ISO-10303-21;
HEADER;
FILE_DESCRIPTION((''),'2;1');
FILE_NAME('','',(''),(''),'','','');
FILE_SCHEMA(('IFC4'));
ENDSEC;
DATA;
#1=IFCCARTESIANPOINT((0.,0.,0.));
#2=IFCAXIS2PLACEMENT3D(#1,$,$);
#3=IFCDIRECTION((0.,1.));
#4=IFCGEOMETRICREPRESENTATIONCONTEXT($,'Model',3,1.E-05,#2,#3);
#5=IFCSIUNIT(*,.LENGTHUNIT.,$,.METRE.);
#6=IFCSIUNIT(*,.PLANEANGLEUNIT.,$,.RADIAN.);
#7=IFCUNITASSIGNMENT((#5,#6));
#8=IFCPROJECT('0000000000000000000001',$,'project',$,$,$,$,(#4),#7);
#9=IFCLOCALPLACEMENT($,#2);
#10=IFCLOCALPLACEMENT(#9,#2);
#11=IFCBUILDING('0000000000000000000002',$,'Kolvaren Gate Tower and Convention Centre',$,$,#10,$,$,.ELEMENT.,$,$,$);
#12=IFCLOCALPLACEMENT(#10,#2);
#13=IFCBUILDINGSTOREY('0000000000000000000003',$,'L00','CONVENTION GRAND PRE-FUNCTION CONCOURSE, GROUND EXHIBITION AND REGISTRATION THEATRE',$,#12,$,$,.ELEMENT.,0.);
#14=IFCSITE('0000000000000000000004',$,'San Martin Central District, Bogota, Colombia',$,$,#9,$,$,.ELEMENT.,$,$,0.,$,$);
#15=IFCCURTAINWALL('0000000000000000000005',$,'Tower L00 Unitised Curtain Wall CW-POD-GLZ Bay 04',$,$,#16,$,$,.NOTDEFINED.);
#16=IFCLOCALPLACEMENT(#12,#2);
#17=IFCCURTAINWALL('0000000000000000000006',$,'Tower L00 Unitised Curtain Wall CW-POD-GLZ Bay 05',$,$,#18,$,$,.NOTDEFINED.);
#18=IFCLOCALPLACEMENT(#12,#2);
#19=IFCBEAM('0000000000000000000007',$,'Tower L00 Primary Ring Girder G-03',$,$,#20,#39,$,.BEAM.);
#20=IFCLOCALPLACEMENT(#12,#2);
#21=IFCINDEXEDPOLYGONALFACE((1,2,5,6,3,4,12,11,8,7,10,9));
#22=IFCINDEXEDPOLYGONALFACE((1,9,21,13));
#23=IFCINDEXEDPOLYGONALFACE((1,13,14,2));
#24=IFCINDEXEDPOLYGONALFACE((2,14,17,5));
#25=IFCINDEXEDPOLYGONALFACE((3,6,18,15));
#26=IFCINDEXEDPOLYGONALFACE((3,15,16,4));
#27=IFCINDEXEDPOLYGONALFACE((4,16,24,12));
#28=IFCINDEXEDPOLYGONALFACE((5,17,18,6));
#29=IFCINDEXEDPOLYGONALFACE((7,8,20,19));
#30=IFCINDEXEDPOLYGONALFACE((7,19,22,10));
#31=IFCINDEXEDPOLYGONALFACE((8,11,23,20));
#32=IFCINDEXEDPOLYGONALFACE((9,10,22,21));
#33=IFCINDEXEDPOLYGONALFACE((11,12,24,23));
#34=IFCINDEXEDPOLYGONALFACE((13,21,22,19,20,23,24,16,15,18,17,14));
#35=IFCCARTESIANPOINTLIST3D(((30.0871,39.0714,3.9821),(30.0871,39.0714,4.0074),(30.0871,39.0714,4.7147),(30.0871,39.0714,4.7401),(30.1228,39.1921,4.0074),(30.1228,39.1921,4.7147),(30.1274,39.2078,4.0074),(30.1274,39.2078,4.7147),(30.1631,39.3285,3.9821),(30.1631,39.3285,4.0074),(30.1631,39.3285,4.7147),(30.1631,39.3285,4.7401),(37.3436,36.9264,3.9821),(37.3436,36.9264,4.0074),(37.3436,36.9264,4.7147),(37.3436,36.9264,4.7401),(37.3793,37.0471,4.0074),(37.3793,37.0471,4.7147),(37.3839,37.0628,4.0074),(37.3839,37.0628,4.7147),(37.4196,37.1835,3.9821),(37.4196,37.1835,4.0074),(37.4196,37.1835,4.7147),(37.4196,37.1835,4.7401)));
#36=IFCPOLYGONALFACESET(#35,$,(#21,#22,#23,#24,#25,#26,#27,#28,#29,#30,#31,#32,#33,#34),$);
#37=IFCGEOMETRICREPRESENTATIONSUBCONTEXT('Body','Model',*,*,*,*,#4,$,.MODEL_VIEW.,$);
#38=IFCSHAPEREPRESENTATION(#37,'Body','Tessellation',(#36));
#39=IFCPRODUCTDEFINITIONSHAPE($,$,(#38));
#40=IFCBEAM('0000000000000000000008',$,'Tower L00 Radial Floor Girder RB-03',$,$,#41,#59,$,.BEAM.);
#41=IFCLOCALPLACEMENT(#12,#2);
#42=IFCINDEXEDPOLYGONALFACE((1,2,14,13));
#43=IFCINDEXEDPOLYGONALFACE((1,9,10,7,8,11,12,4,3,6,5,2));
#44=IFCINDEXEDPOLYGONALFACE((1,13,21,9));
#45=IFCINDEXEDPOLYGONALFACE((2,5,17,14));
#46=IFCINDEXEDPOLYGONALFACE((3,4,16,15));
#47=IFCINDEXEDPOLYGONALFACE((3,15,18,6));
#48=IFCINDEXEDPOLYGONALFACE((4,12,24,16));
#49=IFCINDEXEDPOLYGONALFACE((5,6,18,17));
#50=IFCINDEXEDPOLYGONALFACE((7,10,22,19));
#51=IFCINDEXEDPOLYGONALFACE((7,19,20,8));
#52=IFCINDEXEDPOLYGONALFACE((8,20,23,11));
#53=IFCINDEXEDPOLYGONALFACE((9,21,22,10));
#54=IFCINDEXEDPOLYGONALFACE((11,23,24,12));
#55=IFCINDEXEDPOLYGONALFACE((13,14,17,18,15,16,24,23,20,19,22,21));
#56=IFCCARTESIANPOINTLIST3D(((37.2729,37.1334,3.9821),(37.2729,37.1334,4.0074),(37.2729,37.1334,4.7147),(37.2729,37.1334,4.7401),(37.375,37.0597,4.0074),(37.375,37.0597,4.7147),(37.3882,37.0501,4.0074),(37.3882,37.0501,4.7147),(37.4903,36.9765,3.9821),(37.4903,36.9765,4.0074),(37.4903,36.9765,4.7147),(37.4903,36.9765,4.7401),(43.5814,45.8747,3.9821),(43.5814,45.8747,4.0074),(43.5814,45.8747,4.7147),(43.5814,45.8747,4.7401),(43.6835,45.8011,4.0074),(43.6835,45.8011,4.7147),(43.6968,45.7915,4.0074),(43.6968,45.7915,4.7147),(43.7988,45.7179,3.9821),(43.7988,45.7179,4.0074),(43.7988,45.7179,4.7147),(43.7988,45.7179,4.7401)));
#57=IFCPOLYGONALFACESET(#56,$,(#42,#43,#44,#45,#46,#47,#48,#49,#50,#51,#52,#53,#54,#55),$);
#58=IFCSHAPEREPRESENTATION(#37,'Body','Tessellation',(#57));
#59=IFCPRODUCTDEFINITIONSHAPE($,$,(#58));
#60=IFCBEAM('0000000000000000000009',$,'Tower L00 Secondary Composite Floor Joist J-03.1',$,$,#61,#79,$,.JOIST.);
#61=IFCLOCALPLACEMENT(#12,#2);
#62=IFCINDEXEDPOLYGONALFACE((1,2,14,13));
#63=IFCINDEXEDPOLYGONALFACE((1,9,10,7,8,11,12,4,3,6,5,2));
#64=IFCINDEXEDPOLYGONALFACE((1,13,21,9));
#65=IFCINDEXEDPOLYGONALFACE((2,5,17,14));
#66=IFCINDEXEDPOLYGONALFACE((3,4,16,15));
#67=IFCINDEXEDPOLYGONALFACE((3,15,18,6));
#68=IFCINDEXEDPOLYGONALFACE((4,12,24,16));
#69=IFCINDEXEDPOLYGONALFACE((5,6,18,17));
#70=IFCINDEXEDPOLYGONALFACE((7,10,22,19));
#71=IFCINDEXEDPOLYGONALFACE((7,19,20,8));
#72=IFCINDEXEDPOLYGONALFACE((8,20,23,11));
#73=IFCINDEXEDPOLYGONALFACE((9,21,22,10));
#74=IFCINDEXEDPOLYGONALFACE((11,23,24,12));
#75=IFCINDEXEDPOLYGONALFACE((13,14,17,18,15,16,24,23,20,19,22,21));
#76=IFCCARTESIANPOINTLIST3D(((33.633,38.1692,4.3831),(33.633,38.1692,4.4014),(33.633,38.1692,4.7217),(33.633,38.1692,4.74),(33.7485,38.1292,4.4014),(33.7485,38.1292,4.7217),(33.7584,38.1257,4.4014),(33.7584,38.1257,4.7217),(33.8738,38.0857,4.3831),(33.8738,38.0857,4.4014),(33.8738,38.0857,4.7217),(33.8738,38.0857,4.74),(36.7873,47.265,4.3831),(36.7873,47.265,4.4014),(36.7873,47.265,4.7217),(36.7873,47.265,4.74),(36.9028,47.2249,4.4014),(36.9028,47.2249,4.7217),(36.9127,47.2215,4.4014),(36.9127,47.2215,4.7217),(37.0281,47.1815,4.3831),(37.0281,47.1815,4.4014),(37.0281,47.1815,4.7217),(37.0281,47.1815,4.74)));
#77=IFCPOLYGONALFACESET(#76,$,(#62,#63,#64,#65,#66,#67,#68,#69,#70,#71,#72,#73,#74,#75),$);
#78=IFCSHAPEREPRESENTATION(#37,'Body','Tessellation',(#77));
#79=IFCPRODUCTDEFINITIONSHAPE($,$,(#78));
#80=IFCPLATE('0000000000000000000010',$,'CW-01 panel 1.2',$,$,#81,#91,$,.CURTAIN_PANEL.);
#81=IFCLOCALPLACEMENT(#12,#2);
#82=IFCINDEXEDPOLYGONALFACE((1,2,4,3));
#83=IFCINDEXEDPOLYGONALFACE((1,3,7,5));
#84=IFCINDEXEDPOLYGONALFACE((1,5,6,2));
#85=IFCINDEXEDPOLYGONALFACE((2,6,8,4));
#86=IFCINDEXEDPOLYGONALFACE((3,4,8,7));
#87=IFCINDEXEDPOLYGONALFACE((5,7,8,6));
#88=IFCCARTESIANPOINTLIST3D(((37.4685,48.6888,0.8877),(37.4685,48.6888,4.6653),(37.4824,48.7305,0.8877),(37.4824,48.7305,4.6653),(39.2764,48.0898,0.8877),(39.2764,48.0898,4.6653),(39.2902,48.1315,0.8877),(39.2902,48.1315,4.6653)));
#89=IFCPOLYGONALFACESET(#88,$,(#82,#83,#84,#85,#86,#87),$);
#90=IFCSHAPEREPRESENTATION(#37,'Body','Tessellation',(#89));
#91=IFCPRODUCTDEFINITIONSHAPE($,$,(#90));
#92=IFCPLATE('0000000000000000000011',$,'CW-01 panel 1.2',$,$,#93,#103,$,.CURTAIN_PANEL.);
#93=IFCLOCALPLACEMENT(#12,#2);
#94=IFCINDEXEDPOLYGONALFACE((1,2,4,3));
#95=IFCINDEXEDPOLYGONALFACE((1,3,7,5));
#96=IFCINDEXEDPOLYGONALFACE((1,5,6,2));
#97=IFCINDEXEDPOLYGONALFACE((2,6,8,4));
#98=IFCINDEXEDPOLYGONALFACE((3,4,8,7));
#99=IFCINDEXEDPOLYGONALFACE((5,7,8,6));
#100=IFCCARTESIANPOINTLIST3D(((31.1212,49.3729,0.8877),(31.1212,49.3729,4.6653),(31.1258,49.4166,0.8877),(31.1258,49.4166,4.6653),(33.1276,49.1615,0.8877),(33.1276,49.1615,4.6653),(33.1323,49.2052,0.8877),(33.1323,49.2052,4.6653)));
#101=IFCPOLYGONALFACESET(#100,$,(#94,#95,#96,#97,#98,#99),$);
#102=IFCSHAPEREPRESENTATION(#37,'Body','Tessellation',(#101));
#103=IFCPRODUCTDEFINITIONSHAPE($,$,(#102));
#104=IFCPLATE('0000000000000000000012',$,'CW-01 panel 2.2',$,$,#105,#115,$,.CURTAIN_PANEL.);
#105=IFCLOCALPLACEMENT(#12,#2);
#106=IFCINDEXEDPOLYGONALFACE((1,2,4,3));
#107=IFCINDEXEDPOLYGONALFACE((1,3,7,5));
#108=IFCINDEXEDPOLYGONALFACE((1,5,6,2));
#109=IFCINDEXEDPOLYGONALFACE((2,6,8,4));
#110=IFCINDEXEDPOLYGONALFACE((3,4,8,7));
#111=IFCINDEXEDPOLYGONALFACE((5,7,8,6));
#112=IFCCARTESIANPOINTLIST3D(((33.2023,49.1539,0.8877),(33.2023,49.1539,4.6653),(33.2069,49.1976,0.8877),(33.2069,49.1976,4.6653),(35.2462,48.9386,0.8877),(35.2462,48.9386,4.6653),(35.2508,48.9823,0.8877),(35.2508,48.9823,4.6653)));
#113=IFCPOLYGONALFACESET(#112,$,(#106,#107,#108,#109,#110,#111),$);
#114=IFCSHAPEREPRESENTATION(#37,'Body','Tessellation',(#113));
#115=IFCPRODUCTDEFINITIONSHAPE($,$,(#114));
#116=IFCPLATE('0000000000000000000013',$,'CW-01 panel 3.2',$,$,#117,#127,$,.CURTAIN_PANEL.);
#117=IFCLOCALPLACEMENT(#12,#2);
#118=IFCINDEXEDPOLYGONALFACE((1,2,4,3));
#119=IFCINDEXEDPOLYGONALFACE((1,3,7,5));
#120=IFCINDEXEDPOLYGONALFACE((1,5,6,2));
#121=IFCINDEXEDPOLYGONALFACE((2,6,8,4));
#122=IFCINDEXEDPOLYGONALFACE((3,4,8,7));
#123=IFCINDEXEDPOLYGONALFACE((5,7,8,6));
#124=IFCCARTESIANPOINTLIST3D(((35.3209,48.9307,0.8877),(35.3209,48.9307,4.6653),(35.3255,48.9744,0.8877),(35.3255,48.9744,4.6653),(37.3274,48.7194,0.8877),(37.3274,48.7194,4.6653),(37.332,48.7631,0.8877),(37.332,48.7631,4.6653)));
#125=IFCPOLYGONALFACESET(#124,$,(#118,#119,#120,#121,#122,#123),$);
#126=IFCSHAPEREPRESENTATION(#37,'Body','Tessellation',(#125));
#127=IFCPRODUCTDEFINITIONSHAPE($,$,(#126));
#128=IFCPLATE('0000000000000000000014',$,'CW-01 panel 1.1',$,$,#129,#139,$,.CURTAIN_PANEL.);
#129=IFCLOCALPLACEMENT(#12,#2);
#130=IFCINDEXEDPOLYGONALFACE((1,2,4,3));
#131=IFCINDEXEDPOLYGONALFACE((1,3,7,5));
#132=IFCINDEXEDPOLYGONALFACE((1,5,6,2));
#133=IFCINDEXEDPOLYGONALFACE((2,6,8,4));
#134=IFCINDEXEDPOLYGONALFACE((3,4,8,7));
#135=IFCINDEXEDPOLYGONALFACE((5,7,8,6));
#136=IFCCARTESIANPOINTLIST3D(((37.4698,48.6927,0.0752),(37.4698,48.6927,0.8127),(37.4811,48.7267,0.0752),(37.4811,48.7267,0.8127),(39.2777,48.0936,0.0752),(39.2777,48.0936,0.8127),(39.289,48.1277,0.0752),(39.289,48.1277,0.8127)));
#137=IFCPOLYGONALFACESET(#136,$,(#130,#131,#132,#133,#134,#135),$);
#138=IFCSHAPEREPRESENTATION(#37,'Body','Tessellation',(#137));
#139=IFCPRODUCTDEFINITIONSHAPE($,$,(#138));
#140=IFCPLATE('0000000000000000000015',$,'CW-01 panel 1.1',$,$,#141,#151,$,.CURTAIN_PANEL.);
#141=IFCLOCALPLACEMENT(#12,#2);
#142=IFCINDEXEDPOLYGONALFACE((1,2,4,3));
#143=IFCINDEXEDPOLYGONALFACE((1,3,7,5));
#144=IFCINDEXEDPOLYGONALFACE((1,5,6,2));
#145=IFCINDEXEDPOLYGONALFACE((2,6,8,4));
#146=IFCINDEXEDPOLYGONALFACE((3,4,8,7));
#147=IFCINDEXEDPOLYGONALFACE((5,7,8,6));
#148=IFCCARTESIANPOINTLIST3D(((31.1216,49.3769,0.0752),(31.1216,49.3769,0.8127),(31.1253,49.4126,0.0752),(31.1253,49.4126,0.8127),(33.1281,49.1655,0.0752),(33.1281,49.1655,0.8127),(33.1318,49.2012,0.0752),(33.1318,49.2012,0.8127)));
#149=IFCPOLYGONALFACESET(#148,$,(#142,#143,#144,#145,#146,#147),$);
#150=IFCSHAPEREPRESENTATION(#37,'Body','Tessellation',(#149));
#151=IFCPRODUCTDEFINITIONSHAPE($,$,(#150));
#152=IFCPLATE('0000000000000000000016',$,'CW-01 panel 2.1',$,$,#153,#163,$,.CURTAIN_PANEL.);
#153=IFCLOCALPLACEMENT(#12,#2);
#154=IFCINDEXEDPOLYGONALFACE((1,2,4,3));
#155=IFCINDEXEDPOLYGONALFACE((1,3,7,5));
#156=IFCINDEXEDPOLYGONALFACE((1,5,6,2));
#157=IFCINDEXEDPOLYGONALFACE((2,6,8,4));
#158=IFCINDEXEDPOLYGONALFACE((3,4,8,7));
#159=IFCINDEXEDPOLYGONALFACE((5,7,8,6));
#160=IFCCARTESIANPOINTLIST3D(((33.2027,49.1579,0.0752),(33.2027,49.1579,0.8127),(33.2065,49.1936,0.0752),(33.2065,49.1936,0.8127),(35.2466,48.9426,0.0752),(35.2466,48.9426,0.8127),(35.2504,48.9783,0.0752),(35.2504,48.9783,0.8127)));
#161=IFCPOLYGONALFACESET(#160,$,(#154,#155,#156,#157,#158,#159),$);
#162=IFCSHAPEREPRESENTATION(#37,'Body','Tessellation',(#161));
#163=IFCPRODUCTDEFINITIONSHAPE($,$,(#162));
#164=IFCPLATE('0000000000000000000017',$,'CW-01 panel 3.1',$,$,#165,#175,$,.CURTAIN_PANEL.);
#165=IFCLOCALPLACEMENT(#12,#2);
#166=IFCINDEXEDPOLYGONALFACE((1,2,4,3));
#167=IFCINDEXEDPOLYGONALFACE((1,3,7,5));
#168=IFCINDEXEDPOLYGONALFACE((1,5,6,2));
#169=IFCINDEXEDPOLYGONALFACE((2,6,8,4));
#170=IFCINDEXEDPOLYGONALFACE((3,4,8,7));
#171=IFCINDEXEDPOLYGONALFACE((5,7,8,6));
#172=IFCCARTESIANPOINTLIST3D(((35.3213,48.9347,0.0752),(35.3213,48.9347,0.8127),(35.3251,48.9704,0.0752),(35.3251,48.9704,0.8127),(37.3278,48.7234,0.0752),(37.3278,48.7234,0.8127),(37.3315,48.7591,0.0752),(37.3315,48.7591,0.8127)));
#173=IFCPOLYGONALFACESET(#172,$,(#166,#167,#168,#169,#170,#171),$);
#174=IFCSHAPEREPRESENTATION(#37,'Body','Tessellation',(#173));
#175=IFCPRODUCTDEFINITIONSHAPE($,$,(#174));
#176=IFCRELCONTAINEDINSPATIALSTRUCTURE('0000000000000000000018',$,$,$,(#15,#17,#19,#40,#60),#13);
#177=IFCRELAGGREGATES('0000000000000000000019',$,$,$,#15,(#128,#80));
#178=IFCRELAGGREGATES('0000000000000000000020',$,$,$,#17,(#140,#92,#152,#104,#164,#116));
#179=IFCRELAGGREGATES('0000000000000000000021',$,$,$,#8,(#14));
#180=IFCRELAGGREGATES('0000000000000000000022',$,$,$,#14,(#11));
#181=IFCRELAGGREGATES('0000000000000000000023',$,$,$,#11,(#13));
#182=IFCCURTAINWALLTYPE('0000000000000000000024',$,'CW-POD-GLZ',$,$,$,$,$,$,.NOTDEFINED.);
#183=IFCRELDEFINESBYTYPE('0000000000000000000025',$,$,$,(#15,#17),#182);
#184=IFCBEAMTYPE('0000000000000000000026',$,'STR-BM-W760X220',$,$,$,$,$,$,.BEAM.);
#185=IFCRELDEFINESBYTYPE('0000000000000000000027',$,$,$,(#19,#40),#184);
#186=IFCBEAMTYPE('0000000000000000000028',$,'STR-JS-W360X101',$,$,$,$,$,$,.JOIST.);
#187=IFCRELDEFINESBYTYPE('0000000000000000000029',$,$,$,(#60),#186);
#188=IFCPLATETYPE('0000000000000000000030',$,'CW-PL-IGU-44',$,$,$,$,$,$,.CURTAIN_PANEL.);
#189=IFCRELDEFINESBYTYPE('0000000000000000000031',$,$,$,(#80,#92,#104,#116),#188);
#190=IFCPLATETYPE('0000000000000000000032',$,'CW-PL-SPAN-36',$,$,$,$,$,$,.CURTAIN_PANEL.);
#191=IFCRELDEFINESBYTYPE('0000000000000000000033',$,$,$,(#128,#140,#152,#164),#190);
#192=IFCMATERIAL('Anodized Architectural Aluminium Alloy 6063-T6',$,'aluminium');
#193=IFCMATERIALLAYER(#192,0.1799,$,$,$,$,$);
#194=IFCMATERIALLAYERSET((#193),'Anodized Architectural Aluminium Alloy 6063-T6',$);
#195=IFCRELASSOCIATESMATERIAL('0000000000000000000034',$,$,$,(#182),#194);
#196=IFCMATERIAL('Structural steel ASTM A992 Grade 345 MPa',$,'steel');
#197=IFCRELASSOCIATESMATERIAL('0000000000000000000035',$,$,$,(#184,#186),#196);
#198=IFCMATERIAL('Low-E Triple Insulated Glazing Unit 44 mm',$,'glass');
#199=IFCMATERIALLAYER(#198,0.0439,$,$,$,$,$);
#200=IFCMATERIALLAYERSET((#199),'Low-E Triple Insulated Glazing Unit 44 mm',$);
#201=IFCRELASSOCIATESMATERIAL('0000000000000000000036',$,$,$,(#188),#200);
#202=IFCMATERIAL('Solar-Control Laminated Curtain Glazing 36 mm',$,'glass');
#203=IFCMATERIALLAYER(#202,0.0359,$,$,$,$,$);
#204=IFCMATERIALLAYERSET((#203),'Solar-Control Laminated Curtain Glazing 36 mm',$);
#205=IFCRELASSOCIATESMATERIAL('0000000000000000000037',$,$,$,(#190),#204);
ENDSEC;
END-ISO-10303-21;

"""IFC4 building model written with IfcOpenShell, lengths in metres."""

from ifc_helpers import new_model, si_unit, direction, frame, origin, origin_2d, place, context, subcontext, project, spatial, rectangle, i_section, extrude, material, layer, layer_set, material_profile, profile_set, type_object, element, aggregate, save


model = new_model("IFC4")

# Units and contexts
model_context = context("Model", 3, precision=1e-05, world=origin(), true_north=direction((0.0, 1.0)))
body_context = subcontext(model_context, "Body", "Model", "MODEL_VIEW")
ifc_project = project(units=[si_unit("LENGTHUNIT", "METRE"), si_unit("PLANEANGLEUNIT", "RADIAN")], contexts=[model_context])

# Site, building, storey
site_placement = place(None, origin())
site = spatial("IfcSite", under=ifc_project, at=site_placement, Name="San Martin Central District, Bogota, Colombia", CompositionType="ELEMENT", RefElevation=0.0)
building_placement = place(site_placement, origin())
building = spatial("IfcBuilding", under=site, at=building_placement, Name="Kolvaren Gate Tower and Convention Centre", CompositionType="ELEMENT")
storey_placement = place(building_placement, origin())
storey = spatial("IfcBuildingStorey", under=building, at=storey_placement, Name="L00", Description="CONVENTION GRAND PRE-FUNCTION CONCOURSE, GROUND EXHIBITION AND REGISTRATION THEATRE", CompositionType="ELEMENT", Elevation=0.0)

# Curtain wall
ifc_material_1 = material(Name="Anodized Architectural Aluminium Alloy 6063-T6", Category="aluminium")
ifc_layer_1 = layer(ifc_material_1, 0.1799)
ifc_layer_set_1 = layer_set([ifc_layer_1], Name="Anodized Architectural Aluminium Alloy 6063-T6")
curtain_wall_type = type_object("IfcCurtainWallType", Name="CW-POD-GLZ", PredefinedType="NOTDEFINED", material=ifc_layer_set_1)
curtain_wall_1_placement = place(storey_placement, origin())
curtain_wall_1 = element("IfcCurtainWall", 1, at=curtain_wall_1_placement, inside=storey, type_object=curtain_wall_type, Name="Tower L00 Unitised Curtain Wall CW-POD-GLZ Bay 04", PredefinedType="NOTDEFINED")

# Curtain wall
curtain_wall_2_placement = place(storey_placement, origin())
curtain_wall_2 = element("IfcCurtainWall", 2, at=curtain_wall_2_placement, inside=storey, type_object=curtain_wall_type, Name="Tower L00 Unitised Curtain Wall CW-POD-GLZ Bay 05", PredefinedType="NOTDEFINED")

# Beams
ifc_material_2 = material(Name="Structural steel ASTM A992 Grade 345 MPa", Category="steel")
ifc_material_profile_1 = material_profile(ifc_material_2, i_section(OverallWidth=0.2681, OverallDepth=0.7581, WebThickness=0.0164, FlangeThickness=0.0254, at=origin_2d()), Name="W760X220")
ifc_profile_set_1 = profile_set([ifc_material_profile_1], Name="Structural steel ASTM A992 Grade 345 MPa")
beam_type_1 = type_object("IfcBeamType", Name="STR-BM-W760X220", PredefinedType="BEAM", material=ifc_profile_set_1)
beam_1_placement = place(storey_placement, frame((37.3816, 37.0549, 4.3611), z_axis=(-0.958981, 0.283471, 0.0), x_axis=(-0.283471, -0.958981, 0.0)))
element("IfcBeam", 3, at=beam_1_placement, inside=storey, type_object=beam_type_1, Name="Tower L00 Primary Ring Girder G-03", PredefinedType="BEAM", context=body_context, shape_type="SweptSolid", body=[
    extrude(i_section(OverallWidth=0.2681, OverallDepth=0.7581, WebThickness=0.0164, FlangeThickness=0.0254, at=origin_2d()), origin(), (0.0, 0.0, 1.0), 7.5669),
])
beam_2_placement = place(storey_placement, frame((37.3816, 37.0549, 4.3611), z_axis=(0.585205, 0.810885, 0.0), x_axis=(-0.810885, 0.585205, 0.0)))
element("IfcBeam", 4, at=beam_2_placement, inside=storey, type_object=beam_type_1, Name="Tower L00 Radial Floor Girder RB-03", PredefinedType="BEAM", context=body_context, shape_type="SweptSolid", body=[
    extrude(i_section(OverallWidth=0.2681, OverallDepth=0.7581, WebThickness=0.0164, FlangeThickness=0.0254, at=origin_2d()), origin(), (0.0, 0.0, 1.0), 10.78),
])
ifc_material_profile_2 = material_profile(ifc_material_2, i_section(OverallWidth=0.2549, OverallDepth=0.3569, WebThickness=0.0105, FlangeThickness=0.0183, at=origin_2d()), Name="W360X101")
ifc_profile_set_2 = profile_set([ifc_material_profile_2], Name="Structural steel ASTM A992 Grade 345 MPa")
beam_type_2 = type_object("IfcBeamType", Name="STR-JS-W360X101", PredefinedType="JOIST", material=ifc_profile_set_2)
beam_3_placement = place(storey_placement, frame((33.7534, 38.1274, 4.5615), z_axis=(0.327647, 0.9448, 0.0), x_axis=(-0.9448, 0.327647, 0.0)))
element("IfcBeam", 5, at=beam_3_placement, inside=storey, type_object=beam_type_2, Name="Tower L00 Secondary Composite Floor Joist J-03.1", PredefinedType="JOIST", context=body_context, shape_type="SweptSolid", body=[
    extrude(i_section(OverallWidth=0.2549, OverallDepth=0.3569, WebThickness=0.0105, FlangeThickness=0.0183, at=origin_2d()), origin(), (0.0, 0.0, 1.0), 9.6272),
])

# Plates
ifc_material_3 = material(Name="Low-E Triple Insulated Glazing Unit 44 mm", Category="glass")
ifc_layer_2 = layer(ifc_material_3, 0.0439)
ifc_layer_set_2 = layer_set([ifc_layer_2], Name="Low-E Triple Insulated Glazing Unit 44 mm")
plate_type_1 = type_object("IfcPlateType", Name="CW-PL-IGU-44", PredefinedType="CURTAIN_PANEL", material=ifc_layer_set_2)
plate_1_placement = place(storey_placement, frame((38.3794, 48.4102, 0.8877), z_axis=(0.0, 0.0, 1.0), x_axis=(0.949244, -0.314542, 0.0)))
plate_1 = element("IfcPlate", 6, at=plate_1_placement, type_object=plate_type_1, Name="CW-01 panel 1.2", PredefinedType="CURTAIN_PANEL", context=body_context, shape_type="SweptSolid", body=[
    extrude(rectangle(XDim=1.9045, YDim=0.0439, at=origin_2d()), origin(), (0.0, 0.0, 1.0), 3.7776),
])
plate_2_placement = place(storey_placement, frame((32.1267, 49.2891, 0.8877), z_axis=(0.0, 0.0, 1.0), x_axis=(0.994499, -0.104748, 0.0)))
plate_2 = element("IfcPlate", 7, at=plate_2_placement, type_object=plate_type_1, Name="CW-01 panel 1.2", PredefinedType="CURTAIN_PANEL", context=body_context, shape_type="SweptSolid", body=[
    extrude(rectangle(XDim=2.0176, YDim=0.0439, at=origin_2d()), origin(), (0.0, 0.0, 1.0), 3.7776),
])
plate_3_placement = place(storey_placement, frame((34.2266, 49.0681, 0.8877), z_axis=(0.0, 0.0, 1.0), x_axis=(0.994499, -0.104748, 0.0)))
plate_3 = element("IfcPlate", 8, at=plate_3_placement, type_object=plate_type_1, Name="CW-01 panel 2.2", PredefinedType="CURTAIN_PANEL", context=body_context, shape_type="SweptSolid", body=[
    extrude(rectangle(XDim=2.0552, YDim=0.0439, at=origin_2d()), origin(), (0.0, 0.0, 1.0), 3.7776),
])
plate_4_placement = place(storey_placement, frame((36.3264, 48.8469, 0.8877), z_axis=(0.0, 0.0, 1.0), x_axis=(0.994499, -0.104748, 0.0)))
plate_4 = element("IfcPlate", 9, at=plate_4_placement, type_object=plate_type_1, Name="CW-01 panel 3.2", PredefinedType="CURTAIN_PANEL", context=body_context, shape_type="SweptSolid", body=[
    extrude(rectangle(XDim=2.0176, YDim=0.0439, at=origin_2d()), origin(), (0.0, 0.0, 1.0), 3.7776),
])
ifc_material_4 = material(Name="Solar-Control Laminated Curtain Glazing 36 mm", Category="glass")
ifc_layer_3 = layer(ifc_material_4, 0.0359)
ifc_layer_set_3 = layer_set([ifc_layer_3], Name="Solar-Control Laminated Curtain Glazing 36 mm")
plate_type_2 = type_object("IfcPlateType", Name="CW-PL-SPAN-36", PredefinedType="CURTAIN_PANEL", material=ifc_layer_set_3)
plate_5_placement = place(storey_placement, frame((38.3794, 48.4102, 0.0752), z_axis=(0.0, 0.0, 1.0), x_axis=(0.949244, -0.314542, 0.0)))
plate_5 = element("IfcPlate", 10, at=plate_5_placement, type_object=plate_type_2, Name="CW-01 panel 1.1", PredefinedType="CURTAIN_PANEL", context=body_context, shape_type="SweptSolid", body=[
    extrude(rectangle(XDim=1.9045, YDim=0.0359, at=origin_2d()), origin(), (0.0, 0.0, 1.0), 0.7375),
])
aggregate(curtain_wall_1, [plate_5, plate_1])
plate_6_placement = place(storey_placement, frame((32.1267, 49.2891, 0.0752), z_axis=(0.0, 0.0, 1.0), x_axis=(0.994499, -0.104748, 0.0)))
plate_6 = element("IfcPlate", 11, at=plate_6_placement, type_object=plate_type_2, Name="CW-01 panel 1.1", PredefinedType="CURTAIN_PANEL", context=body_context, shape_type="SweptSolid", body=[
    extrude(rectangle(XDim=2.0176, YDim=0.0359, at=origin_2d()), origin(), (0.0, 0.0, 1.0), 0.7375),
])
plate_7_placement = place(storey_placement, frame((34.2266, 49.0681, 0.0752), z_axis=(0.0, 0.0, 1.0), x_axis=(0.994499, -0.104748, 0.0)))
plate_7 = element("IfcPlate", 12, at=plate_7_placement, type_object=plate_type_2, Name="CW-01 panel 2.1", PredefinedType="CURTAIN_PANEL", context=body_context, shape_type="SweptSolid", body=[
    extrude(rectangle(XDim=2.0552, YDim=0.0359, at=origin_2d()), origin(), (0.0, 0.0, 1.0), 0.7375),
])
plate_8_placement = place(storey_placement, frame((36.3264, 48.8469, 0.0752), z_axis=(0.0, 0.0, 1.0), x_axis=(0.994499, -0.104748, 0.0)))
plate_8 = element("IfcPlate", 13, at=plate_8_placement, type_object=plate_type_2, Name="CW-01 panel 3.1", PredefinedType="CURTAIN_PANEL", context=body_context, shape_type="SweptSolid", body=[
    extrude(rectangle(XDim=2.0176, YDim=0.0359, at=origin_2d()), origin(), (0.0, 0.0, 1.0), 0.7375),
])
aggregate(curtain_wall_2, [plate_6, plate_2, plate_7, plate_3, plate_8, plate_4])

save(model, "model.ifc")
